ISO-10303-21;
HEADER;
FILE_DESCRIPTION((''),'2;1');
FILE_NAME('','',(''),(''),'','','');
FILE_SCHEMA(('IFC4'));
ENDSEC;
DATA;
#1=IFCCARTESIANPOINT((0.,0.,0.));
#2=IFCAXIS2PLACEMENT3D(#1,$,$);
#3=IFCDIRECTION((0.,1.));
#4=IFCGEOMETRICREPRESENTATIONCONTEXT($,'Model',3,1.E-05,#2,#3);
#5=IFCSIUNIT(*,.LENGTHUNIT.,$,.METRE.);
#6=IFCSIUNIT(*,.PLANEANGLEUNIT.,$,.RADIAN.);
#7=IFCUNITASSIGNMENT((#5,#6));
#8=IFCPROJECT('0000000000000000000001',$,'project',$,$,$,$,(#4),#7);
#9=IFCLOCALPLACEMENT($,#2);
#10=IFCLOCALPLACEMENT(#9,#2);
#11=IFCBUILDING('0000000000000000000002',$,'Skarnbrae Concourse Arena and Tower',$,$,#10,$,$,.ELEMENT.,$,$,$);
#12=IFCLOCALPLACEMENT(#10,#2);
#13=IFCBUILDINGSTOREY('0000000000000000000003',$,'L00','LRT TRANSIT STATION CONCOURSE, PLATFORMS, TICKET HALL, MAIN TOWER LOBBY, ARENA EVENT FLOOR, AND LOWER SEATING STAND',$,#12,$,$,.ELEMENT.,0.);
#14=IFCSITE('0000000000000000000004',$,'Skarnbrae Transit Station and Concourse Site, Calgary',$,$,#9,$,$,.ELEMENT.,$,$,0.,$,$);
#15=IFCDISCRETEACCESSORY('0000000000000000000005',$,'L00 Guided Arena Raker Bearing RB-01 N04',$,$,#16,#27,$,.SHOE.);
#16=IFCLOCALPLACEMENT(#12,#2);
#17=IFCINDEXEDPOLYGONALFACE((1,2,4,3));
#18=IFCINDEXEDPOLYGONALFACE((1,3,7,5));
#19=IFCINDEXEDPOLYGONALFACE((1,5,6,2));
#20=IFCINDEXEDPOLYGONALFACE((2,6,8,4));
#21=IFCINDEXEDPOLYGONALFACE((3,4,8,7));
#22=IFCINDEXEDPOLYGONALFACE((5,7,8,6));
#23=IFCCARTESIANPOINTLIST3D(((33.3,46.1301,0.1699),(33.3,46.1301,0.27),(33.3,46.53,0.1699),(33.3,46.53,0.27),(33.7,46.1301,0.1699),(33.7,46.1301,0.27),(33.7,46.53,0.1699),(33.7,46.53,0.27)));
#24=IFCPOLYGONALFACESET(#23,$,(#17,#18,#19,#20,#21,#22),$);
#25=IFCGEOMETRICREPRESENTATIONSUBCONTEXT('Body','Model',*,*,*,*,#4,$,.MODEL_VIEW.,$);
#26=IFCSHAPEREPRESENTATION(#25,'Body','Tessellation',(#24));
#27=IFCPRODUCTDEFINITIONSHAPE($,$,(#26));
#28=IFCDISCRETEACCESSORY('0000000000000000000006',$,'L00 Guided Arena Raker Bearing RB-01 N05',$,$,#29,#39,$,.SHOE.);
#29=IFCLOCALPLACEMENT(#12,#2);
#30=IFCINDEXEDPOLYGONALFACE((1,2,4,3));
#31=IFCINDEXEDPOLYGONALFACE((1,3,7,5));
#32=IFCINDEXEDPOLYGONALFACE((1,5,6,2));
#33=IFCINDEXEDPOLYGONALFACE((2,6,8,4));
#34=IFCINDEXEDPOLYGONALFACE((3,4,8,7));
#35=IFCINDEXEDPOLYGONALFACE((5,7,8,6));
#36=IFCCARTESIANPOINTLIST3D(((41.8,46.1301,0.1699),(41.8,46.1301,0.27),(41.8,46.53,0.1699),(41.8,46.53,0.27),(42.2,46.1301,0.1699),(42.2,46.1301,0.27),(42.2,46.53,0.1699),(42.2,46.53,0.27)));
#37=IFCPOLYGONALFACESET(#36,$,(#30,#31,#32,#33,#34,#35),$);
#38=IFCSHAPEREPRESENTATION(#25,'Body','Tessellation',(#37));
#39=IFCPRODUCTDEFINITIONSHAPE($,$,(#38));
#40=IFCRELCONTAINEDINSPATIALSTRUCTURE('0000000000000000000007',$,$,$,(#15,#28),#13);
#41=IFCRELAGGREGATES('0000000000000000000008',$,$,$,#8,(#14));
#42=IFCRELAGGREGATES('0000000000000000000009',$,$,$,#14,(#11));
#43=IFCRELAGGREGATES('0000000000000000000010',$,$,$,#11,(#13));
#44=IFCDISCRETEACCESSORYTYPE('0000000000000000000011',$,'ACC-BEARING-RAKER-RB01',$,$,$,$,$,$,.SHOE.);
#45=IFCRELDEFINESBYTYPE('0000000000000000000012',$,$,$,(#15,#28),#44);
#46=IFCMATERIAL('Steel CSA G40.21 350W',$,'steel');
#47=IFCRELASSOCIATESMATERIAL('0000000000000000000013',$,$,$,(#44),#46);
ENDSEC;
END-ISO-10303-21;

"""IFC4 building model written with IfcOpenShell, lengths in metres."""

from ifc_helpers import new_model, si_unit, direction, frame, origin, origin_2d, place, context, subcontext, project, spatial, rectangle, extrude, source, transform, mapped, material, type_object, element, save


model = new_model("IFC4")

# Units and contexts
model_context = context("Model", 3, precision=1e-05, world=origin(), true_north=direction((0.0, 1.0)))
body_context = subcontext(model_context, "Body", "Model", "MODEL_VIEW")
ifc_project = project(units=[si_unit("LENGTHUNIT", "METRE"), si_unit("PLANEANGLEUNIT", "RADIAN")], contexts=[model_context])

# Site, building, storey
site_placement = place(None, origin())
site = spatial("IfcSite", under=ifc_project, at=site_placement, Name="Skarnbrae Transit Station and Concourse Site, Calgary", CompositionType="ELEMENT", RefElevation=0.0)
building_placement = place(site_placement, origin())
building = spatial("IfcBuilding", under=site, at=building_placement, Name="Skarnbrae Concourse Arena and Tower", CompositionType="ELEMENT")
storey_placement = place(building_placement, origin())
storey = spatial("IfcBuildingStorey", under=building, at=storey_placement, Name="L00", Description="LRT TRANSIT STATION CONCOURSE, PLATFORMS, TICKET HALL, MAIN TOWER LOBBY, ARENA EVENT FLOOR, AND LOWER SEATING STAND", CompositionType="ELEMENT", Elevation=0.0)

# Shared definitions
ifc_material_1 = material(Name="Steel CSA G40.21 350W", Category="steel")

# Discrete accessories
discrete_accessory_type = type_object("IfcDiscreteAccessoryType", Name="ACC-BEARING-RAKER-RB01", PredefinedType="SHOE", material=ifc_material_1)
shared_shape_1 = source(origin(), body_context, "Body", "SweptSolid", [
    extrude(rectangle(XDim=0.3999, YDim=0.3999, at=origin_2d()), origin(), (0.0, 0.0, 1.0), 0.1001),
])
for number, where, z_axis, x_axis, name in (
    (1, (33.5, 46.3301, 0.1699), (0.0, 0.0, 1.0), (1.0, 0.0, 0.0), "L00 Guided Arena Raker Bearing RB-01 N04"),
    (2, (42.0, 46.3301, 0.1699), (0.0, 0.0, 1.0), (1.0, 0.0, 0.0), "L00 Guided Arena Raker Bearing RB-01 N05"),
):
    element("IfcDiscreteAccessory", number, at=place(storey_placement, frame(where, z_axis=z_axis, x_axis=x_axis)), inside=storey, type_object=discrete_accessory_type, Name=name, PredefinedType="SHOE", context=body_context, shape_type="MappedRepresentation", body=[
        mapped(shared_shape_1, transform((0.0, 0.0, 0.0))),
    ])

save(model, "model.ifc")
